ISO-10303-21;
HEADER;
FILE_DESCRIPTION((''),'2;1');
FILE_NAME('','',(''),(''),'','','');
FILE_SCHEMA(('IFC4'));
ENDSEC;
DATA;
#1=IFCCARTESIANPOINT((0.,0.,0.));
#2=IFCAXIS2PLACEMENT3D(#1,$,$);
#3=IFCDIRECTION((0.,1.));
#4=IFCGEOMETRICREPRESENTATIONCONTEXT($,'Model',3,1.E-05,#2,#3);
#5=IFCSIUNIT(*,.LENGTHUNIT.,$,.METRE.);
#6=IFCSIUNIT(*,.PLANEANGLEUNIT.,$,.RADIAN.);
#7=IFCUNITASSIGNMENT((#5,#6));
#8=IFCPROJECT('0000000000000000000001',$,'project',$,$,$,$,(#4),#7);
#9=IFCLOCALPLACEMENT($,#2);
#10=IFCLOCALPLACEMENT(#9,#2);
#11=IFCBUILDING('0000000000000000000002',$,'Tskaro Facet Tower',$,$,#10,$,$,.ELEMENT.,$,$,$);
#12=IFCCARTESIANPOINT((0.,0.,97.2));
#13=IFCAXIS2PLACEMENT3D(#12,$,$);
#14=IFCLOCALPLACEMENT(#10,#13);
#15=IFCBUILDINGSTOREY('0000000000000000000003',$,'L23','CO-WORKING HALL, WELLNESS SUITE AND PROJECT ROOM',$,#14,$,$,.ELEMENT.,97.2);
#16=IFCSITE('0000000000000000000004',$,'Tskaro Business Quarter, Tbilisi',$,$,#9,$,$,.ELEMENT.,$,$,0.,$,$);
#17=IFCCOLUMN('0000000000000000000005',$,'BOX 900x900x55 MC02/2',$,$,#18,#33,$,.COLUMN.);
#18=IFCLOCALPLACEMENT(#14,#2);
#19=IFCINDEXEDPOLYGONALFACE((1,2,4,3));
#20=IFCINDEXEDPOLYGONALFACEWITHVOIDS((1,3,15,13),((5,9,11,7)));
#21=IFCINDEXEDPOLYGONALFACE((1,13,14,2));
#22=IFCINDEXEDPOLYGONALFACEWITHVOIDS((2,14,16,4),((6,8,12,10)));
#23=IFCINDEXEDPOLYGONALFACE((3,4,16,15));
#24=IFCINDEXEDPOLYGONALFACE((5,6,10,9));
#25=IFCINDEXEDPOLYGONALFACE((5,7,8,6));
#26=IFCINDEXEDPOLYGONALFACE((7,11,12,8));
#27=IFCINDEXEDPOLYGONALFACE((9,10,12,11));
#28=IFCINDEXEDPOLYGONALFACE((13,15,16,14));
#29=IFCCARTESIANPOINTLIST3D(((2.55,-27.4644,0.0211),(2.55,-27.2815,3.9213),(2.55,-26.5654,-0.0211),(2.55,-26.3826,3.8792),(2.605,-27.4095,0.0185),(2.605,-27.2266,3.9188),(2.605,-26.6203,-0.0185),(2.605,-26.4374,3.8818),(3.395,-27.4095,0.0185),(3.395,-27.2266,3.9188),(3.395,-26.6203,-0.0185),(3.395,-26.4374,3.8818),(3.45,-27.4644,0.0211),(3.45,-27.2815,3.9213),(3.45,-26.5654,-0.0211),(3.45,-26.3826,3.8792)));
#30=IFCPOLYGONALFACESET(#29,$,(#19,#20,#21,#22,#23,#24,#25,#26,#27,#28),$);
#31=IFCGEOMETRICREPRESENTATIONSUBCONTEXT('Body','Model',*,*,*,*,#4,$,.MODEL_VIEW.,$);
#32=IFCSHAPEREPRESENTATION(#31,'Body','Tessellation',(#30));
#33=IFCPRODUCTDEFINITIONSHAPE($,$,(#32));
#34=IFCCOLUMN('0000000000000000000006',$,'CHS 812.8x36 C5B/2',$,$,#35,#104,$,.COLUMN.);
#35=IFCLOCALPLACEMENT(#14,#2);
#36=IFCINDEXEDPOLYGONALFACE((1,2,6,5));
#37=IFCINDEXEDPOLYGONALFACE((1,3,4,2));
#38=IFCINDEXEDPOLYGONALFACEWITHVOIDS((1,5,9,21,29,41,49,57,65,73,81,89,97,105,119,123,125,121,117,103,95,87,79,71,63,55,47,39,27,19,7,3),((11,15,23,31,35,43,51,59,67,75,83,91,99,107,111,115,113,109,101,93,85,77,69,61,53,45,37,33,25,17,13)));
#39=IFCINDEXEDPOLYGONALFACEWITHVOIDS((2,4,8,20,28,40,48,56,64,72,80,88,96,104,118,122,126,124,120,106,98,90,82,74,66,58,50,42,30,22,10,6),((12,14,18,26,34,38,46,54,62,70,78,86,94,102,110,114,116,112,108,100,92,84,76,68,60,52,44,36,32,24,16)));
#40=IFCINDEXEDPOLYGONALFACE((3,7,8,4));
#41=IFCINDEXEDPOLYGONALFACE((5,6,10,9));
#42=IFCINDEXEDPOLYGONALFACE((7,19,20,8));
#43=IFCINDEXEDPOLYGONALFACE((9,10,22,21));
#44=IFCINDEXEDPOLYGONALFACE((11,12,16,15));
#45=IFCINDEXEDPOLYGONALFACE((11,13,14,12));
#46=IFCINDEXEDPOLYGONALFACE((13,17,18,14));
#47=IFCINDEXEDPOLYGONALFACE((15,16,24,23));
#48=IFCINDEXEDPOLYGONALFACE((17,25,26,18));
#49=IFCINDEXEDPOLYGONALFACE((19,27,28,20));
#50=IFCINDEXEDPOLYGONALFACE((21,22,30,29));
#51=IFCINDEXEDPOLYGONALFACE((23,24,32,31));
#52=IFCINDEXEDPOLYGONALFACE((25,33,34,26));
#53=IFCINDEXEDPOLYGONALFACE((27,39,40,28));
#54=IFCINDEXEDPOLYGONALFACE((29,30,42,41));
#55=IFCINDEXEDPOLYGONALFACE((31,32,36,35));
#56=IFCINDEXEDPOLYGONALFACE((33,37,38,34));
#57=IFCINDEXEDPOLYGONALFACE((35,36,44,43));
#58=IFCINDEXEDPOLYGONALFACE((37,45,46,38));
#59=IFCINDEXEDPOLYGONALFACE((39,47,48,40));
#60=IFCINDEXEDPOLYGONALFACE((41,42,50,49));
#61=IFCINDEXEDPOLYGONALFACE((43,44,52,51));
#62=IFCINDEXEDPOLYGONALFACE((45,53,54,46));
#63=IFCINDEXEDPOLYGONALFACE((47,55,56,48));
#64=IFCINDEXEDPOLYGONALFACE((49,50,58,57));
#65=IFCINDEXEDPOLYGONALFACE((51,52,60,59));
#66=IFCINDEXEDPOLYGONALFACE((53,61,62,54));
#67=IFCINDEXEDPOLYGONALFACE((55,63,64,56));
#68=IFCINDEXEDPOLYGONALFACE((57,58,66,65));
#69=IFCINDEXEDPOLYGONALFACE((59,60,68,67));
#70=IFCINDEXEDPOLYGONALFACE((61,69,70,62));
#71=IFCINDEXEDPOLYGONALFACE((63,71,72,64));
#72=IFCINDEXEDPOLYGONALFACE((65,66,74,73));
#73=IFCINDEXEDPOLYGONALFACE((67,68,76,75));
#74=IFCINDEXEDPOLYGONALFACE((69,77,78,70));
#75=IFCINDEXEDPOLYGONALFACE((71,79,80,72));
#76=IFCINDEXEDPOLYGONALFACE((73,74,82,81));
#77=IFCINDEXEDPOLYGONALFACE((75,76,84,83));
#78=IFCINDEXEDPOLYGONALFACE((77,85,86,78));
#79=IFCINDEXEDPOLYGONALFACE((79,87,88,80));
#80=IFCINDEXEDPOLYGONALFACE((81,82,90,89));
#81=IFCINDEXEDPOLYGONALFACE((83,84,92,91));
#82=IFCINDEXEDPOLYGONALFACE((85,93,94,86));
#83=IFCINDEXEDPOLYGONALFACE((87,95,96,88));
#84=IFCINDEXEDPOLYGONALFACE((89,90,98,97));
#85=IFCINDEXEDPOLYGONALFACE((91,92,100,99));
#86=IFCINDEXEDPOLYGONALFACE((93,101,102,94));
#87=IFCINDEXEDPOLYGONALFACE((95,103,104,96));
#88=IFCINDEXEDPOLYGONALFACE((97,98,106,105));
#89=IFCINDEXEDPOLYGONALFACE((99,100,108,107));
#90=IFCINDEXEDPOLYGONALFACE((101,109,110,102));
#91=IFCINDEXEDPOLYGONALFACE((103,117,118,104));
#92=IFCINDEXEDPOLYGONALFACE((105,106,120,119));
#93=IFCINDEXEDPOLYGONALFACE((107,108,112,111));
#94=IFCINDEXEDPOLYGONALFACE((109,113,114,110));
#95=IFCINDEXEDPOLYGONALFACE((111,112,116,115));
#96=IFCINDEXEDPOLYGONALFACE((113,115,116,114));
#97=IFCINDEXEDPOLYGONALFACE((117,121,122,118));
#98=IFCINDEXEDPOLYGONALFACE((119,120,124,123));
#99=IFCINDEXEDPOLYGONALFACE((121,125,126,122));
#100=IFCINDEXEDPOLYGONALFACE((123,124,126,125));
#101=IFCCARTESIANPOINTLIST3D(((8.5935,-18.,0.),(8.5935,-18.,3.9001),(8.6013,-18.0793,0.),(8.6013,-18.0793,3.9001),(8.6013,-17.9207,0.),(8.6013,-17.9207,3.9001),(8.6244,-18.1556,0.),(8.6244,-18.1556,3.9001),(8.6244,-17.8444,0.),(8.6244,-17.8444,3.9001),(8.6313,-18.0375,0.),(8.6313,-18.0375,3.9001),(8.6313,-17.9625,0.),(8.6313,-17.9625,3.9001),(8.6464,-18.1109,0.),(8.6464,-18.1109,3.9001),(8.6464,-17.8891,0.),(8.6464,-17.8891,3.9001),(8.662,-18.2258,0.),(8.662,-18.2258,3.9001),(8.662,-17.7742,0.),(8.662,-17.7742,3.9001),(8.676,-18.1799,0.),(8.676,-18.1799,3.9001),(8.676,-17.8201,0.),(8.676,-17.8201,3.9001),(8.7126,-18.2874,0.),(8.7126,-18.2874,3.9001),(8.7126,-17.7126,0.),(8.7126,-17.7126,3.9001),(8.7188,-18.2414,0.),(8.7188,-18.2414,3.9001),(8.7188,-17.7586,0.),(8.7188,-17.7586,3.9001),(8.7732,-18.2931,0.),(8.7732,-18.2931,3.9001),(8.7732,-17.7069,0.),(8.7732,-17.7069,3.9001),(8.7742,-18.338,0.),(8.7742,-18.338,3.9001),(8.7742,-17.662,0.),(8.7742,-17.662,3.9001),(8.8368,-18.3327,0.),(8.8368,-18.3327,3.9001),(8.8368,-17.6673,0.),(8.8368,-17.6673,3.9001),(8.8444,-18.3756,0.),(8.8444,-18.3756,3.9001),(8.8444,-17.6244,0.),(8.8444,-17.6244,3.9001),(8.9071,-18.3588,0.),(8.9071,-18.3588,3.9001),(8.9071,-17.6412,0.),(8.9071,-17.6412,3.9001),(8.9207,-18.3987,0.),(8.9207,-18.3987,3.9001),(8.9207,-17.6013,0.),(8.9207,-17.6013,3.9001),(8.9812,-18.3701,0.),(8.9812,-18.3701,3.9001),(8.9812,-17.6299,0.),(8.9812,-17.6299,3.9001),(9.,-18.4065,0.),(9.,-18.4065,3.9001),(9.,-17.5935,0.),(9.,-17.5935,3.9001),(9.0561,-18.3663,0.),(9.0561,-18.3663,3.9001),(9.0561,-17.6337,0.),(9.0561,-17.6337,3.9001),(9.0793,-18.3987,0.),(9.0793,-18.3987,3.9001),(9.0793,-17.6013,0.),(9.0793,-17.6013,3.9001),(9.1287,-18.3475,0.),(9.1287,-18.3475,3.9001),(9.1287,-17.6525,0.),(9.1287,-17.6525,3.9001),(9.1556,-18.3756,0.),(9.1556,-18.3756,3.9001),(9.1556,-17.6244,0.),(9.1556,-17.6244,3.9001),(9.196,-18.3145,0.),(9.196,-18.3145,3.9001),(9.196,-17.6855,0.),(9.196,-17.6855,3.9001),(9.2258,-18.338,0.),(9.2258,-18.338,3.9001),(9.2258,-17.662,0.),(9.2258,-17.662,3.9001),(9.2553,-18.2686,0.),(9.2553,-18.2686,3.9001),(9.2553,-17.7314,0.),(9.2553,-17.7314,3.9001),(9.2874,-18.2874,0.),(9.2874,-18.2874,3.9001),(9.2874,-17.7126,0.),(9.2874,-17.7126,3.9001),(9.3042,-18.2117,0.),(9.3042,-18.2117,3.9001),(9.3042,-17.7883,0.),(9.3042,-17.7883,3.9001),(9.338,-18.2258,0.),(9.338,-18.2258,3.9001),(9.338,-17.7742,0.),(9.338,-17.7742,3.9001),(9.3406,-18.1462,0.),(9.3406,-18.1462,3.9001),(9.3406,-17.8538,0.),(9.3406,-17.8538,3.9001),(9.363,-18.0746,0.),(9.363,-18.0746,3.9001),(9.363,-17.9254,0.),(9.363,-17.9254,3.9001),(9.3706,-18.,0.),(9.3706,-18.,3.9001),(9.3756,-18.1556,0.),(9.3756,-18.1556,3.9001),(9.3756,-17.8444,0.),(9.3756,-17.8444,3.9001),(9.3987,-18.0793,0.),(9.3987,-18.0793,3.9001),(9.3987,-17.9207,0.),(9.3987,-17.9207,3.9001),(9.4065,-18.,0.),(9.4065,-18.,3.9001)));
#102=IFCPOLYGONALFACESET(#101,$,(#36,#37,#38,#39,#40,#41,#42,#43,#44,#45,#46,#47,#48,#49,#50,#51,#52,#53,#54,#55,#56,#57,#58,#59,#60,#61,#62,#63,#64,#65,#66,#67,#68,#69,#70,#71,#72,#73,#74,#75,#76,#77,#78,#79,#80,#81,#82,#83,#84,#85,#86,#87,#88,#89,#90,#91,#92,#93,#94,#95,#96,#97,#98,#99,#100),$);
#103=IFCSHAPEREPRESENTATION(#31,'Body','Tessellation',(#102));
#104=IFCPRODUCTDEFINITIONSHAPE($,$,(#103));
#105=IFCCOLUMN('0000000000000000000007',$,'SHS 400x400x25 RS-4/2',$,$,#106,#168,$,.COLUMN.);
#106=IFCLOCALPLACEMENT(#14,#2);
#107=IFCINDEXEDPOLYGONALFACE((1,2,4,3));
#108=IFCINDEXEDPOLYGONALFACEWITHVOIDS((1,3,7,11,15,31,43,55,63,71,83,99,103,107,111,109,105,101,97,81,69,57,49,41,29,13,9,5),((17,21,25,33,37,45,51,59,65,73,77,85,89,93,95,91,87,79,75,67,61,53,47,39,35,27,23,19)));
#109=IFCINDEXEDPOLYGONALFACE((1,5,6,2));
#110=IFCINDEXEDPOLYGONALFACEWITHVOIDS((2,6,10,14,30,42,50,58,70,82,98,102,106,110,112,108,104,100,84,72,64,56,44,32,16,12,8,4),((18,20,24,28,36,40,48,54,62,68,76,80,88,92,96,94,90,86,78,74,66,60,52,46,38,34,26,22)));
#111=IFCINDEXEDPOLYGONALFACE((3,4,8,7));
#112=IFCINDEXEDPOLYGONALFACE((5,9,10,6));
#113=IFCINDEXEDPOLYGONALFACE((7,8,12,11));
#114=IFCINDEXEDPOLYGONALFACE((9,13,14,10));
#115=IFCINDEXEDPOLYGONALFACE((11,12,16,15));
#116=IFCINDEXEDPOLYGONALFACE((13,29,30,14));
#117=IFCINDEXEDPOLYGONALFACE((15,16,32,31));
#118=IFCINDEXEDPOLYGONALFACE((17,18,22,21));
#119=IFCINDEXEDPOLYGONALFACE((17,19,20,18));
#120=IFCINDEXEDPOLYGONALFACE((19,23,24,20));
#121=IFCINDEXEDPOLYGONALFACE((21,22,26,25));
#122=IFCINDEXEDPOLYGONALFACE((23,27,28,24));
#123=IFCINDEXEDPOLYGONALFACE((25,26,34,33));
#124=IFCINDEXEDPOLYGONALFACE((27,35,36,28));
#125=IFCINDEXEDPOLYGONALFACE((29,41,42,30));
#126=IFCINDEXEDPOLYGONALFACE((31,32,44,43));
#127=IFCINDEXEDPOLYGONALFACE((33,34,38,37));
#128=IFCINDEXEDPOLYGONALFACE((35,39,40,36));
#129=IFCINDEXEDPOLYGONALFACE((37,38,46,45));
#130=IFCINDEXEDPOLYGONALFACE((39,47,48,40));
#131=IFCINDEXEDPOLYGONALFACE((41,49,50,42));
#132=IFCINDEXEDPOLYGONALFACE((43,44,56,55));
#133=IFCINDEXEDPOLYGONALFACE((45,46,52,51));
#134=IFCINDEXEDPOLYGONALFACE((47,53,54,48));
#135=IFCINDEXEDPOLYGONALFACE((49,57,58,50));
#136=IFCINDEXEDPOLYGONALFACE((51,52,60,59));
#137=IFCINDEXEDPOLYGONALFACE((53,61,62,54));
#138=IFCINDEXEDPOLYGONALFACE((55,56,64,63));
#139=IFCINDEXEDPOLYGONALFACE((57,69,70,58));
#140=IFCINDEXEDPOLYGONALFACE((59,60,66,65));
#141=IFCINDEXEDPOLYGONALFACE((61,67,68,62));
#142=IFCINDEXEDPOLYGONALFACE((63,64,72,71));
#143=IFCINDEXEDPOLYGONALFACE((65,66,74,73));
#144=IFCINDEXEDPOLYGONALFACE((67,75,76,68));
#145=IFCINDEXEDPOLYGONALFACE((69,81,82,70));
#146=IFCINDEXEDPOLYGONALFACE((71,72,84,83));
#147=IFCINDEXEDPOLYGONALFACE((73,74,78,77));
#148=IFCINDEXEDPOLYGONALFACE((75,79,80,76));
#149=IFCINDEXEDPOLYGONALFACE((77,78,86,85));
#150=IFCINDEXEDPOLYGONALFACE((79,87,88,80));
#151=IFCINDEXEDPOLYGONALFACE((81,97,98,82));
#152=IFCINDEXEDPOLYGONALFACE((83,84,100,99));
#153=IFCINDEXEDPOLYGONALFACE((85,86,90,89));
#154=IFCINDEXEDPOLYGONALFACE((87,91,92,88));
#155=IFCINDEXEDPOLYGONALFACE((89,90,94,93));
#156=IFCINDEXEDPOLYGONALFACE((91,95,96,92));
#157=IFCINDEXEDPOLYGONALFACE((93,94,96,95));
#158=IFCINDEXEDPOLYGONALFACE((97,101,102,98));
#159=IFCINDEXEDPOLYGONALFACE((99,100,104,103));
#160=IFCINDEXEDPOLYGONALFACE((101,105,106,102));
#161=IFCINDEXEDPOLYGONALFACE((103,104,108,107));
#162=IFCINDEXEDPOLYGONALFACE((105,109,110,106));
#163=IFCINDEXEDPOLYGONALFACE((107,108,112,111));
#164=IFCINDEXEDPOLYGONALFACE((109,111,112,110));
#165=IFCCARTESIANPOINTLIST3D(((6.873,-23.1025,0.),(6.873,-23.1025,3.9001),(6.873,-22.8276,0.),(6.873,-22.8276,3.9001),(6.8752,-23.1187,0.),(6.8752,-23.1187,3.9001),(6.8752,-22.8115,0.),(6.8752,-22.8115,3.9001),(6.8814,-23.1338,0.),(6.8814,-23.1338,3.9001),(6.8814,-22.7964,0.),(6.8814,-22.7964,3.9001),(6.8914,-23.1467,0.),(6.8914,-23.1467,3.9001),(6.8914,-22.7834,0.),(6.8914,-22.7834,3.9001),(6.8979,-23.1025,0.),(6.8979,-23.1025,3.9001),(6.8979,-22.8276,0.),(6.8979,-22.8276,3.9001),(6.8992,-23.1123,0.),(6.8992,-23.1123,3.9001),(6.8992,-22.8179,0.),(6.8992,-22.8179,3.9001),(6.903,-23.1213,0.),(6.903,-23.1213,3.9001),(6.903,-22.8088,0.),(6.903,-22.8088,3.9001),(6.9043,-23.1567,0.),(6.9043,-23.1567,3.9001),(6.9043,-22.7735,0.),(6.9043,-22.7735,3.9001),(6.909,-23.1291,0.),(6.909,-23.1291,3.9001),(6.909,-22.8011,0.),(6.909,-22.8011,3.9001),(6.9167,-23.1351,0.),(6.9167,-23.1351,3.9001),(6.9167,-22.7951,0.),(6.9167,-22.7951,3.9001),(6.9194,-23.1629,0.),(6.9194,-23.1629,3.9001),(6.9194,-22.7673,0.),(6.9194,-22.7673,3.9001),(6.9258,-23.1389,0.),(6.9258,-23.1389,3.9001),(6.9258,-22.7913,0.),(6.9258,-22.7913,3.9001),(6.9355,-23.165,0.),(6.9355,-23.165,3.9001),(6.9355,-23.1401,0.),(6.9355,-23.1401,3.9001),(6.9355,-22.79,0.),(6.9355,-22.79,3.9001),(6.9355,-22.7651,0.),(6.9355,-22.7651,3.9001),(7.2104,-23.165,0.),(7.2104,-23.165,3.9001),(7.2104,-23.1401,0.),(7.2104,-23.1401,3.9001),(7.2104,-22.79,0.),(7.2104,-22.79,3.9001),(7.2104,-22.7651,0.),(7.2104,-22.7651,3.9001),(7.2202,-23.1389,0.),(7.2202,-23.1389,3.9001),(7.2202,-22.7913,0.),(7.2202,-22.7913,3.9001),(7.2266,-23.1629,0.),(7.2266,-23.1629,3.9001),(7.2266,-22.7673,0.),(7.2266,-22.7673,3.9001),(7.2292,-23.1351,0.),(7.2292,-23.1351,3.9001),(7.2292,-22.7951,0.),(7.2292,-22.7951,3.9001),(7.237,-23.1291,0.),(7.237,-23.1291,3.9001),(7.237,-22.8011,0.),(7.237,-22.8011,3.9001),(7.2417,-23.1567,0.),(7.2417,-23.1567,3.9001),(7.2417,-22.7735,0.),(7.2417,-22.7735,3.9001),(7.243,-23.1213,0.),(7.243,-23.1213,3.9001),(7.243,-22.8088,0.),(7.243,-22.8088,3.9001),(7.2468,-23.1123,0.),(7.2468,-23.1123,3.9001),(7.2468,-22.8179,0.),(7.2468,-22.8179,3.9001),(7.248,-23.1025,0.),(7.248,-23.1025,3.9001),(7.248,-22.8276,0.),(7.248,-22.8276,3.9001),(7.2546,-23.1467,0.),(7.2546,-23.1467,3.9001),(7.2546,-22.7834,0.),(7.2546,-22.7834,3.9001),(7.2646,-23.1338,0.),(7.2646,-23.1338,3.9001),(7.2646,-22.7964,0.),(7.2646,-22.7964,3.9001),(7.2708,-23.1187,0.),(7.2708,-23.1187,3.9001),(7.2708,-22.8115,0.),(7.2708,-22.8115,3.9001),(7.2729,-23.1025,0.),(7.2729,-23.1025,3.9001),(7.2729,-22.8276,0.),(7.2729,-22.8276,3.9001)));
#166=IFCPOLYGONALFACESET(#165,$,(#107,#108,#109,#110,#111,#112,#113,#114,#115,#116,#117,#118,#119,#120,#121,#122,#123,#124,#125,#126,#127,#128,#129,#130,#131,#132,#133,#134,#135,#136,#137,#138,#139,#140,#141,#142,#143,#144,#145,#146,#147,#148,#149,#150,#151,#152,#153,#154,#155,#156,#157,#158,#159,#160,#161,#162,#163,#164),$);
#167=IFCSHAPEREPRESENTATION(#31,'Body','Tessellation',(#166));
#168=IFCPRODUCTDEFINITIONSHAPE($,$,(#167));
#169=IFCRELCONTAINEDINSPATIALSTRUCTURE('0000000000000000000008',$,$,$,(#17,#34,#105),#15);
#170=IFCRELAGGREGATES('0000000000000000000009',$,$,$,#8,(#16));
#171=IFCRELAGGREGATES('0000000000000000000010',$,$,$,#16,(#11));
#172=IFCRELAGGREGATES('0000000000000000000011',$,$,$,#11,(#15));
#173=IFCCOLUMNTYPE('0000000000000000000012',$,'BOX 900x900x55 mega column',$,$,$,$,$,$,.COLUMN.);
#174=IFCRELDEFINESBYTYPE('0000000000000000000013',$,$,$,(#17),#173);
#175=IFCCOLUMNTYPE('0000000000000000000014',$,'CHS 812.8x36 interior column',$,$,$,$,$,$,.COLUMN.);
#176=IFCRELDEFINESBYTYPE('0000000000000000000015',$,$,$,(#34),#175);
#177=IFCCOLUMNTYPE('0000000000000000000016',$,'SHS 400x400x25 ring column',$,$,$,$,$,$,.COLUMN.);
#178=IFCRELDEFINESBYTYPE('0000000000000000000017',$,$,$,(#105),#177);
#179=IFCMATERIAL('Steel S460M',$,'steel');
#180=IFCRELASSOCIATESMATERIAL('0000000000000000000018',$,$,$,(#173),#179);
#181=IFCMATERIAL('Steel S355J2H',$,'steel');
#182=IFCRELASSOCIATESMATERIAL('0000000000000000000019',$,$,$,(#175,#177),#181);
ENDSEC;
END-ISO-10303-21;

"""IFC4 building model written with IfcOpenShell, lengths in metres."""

from ifc_helpers import new_model, si_unit, direction, frame, origin, origin_2d, place, context, subcontext, project, spatial, hollow_rectangle, hollow_circle, extrude, material, material_profile, profile_set, type_object, element, save


model = new_model("IFC4")

# Units and contexts
model_context = context("Model", 3, precision=1e-05, world=origin(), true_north=direction((0.0, 1.0)))
body_context = subcontext(model_context, "Body", "Model", "MODEL_VIEW")
ifc_project = project(units=[si_unit("LENGTHUNIT", "METRE"), si_unit("PLANEANGLEUNIT", "RADIAN")], contexts=[model_context])

# Site, building, storey
site_placement = place(None, origin())
site = spatial("IfcSite", under=ifc_project, at=site_placement, Name="Tskaro Business Quarter, Tbilisi", CompositionType="ELEMENT", RefElevation=0.0)
building_placement = place(site_placement, origin())
building = spatial("IfcBuilding", under=site, at=building_placement, Name="Tskaro Facet Tower", CompositionType="ELEMENT")
storey_placement = place(building_placement, frame((0.0, 0.0, 97.2)))
storey = spatial("IfcBuildingStorey", under=building, at=storey_placement, Name="L23", Description="CO-WORKING HALL, WELLNESS SUITE AND PROJECT ROOM", CompositionType="ELEMENT", Elevation=97.2)

# Columns
ifc_material_1 = material(Name="Steel S460M", Category="steel")
ifc_material_profile_1 = material_profile(ifc_material_1, hollow_rectangle(XDim=0.8999, YDim=0.8999, WallThickness=0.0549, at=origin_2d()), Name="BOX 900x900x55")
ifc_profile_set_1 = profile_set([ifc_material_profile_1], Name="Steel S460M")
column_type_1 = type_object("IfcColumnType", Name="BOX 900x900x55 mega column", PredefinedType="COLUMN", material=ifc_profile_set_1)
column_1_placement = place(storey_placement, frame((3.0, -27.0149, 0.0), z_axis=(0.0, 0.046834, 0.998903), x_axis=(-1.0, 0.0, 0.0)))
element("IfcColumn", 1, at=column_1_placement, inside=storey, type_object=column_type_1, Name="BOX 900x900x55 MC02/2", PredefinedType="COLUMN", context=body_context, shape_type="SweptSolid", body=[
    extrude(hollow_rectangle(XDim=0.8999, YDim=0.8999, WallThickness=0.0549, at=origin_2d()), origin(), (0.0, 0.0, 1.0), 3.9045),
])
ifc_material_2 = material(Name="Steel S355J2H", Category="steel")
ifc_material_profile_2 = material_profile(ifc_material_2, hollow_circle(Radius=0.4065, WallThickness=0.0359, at=origin_2d()), Name="CHS 812.8x36")
ifc_profile_set_2 = profile_set([ifc_material_profile_2], Name="Steel S355J2H")
column_type_2 = type_object("IfcColumnType", Name="CHS 812.8x36 interior column", PredefinedType="COLUMN", material=ifc_profile_set_2)
column_2_placement = place(storey_placement, frame((9.0, -18.0, 0.0), z_axis=(0.0, 0.0, 1.0), x_axis=(1.0, 0.0, 0.0)))
element("IfcColumn", 2, at=column_2_placement, inside=storey, type_object=column_type_2, Name="CHS 812.8x36 C5B/2", PredefinedType="COLUMN", context=body_context, shape_type="SweptSolid", body=[
    extrude(hollow_circle(Radius=0.4065, WallThickness=0.0359, at=origin_2d()), origin(), (0.0, 0.0, 1.0), 3.9001),
])
ifc_material_profile_3 = material_profile(ifc_material_2, hollow_rectangle(XDim=0.3999, YDim=0.3999, WallThickness=0.0249, InnerFilletRadius=0.0376, OuterFilletRadius=0.0625, at=origin_2d()), Name="SHS 400x400x25")
ifc_profile_set_3 = profile_set([ifc_material_profile_3], Name="Steel S355J2H")
column_type_3 = type_object("IfcColumnType", Name="SHS 400x400x25 ring column", PredefinedType="COLUMN", material=ifc_profile_set_3)
for number, where, z_axis, x_axis, name in (
    (3, (7.073, -22.9651, 0.0), (0.0, 0.0, 1.0), (1.0, 0.0, 0.0), "SHS 400x400x25 RS-4/2"),
):
    element("IfcColumn", number, at=place(storey_placement, frame(where, z_axis=z_axis, x_axis=x_axis)), inside=storey, type_object=column_type_3, Name=name, PredefinedType="COLUMN", context=body_context, shape_type="SweptSolid", body=[
        extrude(hollow_rectangle(XDim=0.3999, YDim=0.3999, WallThickness=0.0249, InnerFilletRadius=0.0376, OuterFilletRadius=0.0625, at=origin_2d()), origin(), (0.0, 0.0, 1.0), 3.9001),
    ])

save(model, "model.ifc")
